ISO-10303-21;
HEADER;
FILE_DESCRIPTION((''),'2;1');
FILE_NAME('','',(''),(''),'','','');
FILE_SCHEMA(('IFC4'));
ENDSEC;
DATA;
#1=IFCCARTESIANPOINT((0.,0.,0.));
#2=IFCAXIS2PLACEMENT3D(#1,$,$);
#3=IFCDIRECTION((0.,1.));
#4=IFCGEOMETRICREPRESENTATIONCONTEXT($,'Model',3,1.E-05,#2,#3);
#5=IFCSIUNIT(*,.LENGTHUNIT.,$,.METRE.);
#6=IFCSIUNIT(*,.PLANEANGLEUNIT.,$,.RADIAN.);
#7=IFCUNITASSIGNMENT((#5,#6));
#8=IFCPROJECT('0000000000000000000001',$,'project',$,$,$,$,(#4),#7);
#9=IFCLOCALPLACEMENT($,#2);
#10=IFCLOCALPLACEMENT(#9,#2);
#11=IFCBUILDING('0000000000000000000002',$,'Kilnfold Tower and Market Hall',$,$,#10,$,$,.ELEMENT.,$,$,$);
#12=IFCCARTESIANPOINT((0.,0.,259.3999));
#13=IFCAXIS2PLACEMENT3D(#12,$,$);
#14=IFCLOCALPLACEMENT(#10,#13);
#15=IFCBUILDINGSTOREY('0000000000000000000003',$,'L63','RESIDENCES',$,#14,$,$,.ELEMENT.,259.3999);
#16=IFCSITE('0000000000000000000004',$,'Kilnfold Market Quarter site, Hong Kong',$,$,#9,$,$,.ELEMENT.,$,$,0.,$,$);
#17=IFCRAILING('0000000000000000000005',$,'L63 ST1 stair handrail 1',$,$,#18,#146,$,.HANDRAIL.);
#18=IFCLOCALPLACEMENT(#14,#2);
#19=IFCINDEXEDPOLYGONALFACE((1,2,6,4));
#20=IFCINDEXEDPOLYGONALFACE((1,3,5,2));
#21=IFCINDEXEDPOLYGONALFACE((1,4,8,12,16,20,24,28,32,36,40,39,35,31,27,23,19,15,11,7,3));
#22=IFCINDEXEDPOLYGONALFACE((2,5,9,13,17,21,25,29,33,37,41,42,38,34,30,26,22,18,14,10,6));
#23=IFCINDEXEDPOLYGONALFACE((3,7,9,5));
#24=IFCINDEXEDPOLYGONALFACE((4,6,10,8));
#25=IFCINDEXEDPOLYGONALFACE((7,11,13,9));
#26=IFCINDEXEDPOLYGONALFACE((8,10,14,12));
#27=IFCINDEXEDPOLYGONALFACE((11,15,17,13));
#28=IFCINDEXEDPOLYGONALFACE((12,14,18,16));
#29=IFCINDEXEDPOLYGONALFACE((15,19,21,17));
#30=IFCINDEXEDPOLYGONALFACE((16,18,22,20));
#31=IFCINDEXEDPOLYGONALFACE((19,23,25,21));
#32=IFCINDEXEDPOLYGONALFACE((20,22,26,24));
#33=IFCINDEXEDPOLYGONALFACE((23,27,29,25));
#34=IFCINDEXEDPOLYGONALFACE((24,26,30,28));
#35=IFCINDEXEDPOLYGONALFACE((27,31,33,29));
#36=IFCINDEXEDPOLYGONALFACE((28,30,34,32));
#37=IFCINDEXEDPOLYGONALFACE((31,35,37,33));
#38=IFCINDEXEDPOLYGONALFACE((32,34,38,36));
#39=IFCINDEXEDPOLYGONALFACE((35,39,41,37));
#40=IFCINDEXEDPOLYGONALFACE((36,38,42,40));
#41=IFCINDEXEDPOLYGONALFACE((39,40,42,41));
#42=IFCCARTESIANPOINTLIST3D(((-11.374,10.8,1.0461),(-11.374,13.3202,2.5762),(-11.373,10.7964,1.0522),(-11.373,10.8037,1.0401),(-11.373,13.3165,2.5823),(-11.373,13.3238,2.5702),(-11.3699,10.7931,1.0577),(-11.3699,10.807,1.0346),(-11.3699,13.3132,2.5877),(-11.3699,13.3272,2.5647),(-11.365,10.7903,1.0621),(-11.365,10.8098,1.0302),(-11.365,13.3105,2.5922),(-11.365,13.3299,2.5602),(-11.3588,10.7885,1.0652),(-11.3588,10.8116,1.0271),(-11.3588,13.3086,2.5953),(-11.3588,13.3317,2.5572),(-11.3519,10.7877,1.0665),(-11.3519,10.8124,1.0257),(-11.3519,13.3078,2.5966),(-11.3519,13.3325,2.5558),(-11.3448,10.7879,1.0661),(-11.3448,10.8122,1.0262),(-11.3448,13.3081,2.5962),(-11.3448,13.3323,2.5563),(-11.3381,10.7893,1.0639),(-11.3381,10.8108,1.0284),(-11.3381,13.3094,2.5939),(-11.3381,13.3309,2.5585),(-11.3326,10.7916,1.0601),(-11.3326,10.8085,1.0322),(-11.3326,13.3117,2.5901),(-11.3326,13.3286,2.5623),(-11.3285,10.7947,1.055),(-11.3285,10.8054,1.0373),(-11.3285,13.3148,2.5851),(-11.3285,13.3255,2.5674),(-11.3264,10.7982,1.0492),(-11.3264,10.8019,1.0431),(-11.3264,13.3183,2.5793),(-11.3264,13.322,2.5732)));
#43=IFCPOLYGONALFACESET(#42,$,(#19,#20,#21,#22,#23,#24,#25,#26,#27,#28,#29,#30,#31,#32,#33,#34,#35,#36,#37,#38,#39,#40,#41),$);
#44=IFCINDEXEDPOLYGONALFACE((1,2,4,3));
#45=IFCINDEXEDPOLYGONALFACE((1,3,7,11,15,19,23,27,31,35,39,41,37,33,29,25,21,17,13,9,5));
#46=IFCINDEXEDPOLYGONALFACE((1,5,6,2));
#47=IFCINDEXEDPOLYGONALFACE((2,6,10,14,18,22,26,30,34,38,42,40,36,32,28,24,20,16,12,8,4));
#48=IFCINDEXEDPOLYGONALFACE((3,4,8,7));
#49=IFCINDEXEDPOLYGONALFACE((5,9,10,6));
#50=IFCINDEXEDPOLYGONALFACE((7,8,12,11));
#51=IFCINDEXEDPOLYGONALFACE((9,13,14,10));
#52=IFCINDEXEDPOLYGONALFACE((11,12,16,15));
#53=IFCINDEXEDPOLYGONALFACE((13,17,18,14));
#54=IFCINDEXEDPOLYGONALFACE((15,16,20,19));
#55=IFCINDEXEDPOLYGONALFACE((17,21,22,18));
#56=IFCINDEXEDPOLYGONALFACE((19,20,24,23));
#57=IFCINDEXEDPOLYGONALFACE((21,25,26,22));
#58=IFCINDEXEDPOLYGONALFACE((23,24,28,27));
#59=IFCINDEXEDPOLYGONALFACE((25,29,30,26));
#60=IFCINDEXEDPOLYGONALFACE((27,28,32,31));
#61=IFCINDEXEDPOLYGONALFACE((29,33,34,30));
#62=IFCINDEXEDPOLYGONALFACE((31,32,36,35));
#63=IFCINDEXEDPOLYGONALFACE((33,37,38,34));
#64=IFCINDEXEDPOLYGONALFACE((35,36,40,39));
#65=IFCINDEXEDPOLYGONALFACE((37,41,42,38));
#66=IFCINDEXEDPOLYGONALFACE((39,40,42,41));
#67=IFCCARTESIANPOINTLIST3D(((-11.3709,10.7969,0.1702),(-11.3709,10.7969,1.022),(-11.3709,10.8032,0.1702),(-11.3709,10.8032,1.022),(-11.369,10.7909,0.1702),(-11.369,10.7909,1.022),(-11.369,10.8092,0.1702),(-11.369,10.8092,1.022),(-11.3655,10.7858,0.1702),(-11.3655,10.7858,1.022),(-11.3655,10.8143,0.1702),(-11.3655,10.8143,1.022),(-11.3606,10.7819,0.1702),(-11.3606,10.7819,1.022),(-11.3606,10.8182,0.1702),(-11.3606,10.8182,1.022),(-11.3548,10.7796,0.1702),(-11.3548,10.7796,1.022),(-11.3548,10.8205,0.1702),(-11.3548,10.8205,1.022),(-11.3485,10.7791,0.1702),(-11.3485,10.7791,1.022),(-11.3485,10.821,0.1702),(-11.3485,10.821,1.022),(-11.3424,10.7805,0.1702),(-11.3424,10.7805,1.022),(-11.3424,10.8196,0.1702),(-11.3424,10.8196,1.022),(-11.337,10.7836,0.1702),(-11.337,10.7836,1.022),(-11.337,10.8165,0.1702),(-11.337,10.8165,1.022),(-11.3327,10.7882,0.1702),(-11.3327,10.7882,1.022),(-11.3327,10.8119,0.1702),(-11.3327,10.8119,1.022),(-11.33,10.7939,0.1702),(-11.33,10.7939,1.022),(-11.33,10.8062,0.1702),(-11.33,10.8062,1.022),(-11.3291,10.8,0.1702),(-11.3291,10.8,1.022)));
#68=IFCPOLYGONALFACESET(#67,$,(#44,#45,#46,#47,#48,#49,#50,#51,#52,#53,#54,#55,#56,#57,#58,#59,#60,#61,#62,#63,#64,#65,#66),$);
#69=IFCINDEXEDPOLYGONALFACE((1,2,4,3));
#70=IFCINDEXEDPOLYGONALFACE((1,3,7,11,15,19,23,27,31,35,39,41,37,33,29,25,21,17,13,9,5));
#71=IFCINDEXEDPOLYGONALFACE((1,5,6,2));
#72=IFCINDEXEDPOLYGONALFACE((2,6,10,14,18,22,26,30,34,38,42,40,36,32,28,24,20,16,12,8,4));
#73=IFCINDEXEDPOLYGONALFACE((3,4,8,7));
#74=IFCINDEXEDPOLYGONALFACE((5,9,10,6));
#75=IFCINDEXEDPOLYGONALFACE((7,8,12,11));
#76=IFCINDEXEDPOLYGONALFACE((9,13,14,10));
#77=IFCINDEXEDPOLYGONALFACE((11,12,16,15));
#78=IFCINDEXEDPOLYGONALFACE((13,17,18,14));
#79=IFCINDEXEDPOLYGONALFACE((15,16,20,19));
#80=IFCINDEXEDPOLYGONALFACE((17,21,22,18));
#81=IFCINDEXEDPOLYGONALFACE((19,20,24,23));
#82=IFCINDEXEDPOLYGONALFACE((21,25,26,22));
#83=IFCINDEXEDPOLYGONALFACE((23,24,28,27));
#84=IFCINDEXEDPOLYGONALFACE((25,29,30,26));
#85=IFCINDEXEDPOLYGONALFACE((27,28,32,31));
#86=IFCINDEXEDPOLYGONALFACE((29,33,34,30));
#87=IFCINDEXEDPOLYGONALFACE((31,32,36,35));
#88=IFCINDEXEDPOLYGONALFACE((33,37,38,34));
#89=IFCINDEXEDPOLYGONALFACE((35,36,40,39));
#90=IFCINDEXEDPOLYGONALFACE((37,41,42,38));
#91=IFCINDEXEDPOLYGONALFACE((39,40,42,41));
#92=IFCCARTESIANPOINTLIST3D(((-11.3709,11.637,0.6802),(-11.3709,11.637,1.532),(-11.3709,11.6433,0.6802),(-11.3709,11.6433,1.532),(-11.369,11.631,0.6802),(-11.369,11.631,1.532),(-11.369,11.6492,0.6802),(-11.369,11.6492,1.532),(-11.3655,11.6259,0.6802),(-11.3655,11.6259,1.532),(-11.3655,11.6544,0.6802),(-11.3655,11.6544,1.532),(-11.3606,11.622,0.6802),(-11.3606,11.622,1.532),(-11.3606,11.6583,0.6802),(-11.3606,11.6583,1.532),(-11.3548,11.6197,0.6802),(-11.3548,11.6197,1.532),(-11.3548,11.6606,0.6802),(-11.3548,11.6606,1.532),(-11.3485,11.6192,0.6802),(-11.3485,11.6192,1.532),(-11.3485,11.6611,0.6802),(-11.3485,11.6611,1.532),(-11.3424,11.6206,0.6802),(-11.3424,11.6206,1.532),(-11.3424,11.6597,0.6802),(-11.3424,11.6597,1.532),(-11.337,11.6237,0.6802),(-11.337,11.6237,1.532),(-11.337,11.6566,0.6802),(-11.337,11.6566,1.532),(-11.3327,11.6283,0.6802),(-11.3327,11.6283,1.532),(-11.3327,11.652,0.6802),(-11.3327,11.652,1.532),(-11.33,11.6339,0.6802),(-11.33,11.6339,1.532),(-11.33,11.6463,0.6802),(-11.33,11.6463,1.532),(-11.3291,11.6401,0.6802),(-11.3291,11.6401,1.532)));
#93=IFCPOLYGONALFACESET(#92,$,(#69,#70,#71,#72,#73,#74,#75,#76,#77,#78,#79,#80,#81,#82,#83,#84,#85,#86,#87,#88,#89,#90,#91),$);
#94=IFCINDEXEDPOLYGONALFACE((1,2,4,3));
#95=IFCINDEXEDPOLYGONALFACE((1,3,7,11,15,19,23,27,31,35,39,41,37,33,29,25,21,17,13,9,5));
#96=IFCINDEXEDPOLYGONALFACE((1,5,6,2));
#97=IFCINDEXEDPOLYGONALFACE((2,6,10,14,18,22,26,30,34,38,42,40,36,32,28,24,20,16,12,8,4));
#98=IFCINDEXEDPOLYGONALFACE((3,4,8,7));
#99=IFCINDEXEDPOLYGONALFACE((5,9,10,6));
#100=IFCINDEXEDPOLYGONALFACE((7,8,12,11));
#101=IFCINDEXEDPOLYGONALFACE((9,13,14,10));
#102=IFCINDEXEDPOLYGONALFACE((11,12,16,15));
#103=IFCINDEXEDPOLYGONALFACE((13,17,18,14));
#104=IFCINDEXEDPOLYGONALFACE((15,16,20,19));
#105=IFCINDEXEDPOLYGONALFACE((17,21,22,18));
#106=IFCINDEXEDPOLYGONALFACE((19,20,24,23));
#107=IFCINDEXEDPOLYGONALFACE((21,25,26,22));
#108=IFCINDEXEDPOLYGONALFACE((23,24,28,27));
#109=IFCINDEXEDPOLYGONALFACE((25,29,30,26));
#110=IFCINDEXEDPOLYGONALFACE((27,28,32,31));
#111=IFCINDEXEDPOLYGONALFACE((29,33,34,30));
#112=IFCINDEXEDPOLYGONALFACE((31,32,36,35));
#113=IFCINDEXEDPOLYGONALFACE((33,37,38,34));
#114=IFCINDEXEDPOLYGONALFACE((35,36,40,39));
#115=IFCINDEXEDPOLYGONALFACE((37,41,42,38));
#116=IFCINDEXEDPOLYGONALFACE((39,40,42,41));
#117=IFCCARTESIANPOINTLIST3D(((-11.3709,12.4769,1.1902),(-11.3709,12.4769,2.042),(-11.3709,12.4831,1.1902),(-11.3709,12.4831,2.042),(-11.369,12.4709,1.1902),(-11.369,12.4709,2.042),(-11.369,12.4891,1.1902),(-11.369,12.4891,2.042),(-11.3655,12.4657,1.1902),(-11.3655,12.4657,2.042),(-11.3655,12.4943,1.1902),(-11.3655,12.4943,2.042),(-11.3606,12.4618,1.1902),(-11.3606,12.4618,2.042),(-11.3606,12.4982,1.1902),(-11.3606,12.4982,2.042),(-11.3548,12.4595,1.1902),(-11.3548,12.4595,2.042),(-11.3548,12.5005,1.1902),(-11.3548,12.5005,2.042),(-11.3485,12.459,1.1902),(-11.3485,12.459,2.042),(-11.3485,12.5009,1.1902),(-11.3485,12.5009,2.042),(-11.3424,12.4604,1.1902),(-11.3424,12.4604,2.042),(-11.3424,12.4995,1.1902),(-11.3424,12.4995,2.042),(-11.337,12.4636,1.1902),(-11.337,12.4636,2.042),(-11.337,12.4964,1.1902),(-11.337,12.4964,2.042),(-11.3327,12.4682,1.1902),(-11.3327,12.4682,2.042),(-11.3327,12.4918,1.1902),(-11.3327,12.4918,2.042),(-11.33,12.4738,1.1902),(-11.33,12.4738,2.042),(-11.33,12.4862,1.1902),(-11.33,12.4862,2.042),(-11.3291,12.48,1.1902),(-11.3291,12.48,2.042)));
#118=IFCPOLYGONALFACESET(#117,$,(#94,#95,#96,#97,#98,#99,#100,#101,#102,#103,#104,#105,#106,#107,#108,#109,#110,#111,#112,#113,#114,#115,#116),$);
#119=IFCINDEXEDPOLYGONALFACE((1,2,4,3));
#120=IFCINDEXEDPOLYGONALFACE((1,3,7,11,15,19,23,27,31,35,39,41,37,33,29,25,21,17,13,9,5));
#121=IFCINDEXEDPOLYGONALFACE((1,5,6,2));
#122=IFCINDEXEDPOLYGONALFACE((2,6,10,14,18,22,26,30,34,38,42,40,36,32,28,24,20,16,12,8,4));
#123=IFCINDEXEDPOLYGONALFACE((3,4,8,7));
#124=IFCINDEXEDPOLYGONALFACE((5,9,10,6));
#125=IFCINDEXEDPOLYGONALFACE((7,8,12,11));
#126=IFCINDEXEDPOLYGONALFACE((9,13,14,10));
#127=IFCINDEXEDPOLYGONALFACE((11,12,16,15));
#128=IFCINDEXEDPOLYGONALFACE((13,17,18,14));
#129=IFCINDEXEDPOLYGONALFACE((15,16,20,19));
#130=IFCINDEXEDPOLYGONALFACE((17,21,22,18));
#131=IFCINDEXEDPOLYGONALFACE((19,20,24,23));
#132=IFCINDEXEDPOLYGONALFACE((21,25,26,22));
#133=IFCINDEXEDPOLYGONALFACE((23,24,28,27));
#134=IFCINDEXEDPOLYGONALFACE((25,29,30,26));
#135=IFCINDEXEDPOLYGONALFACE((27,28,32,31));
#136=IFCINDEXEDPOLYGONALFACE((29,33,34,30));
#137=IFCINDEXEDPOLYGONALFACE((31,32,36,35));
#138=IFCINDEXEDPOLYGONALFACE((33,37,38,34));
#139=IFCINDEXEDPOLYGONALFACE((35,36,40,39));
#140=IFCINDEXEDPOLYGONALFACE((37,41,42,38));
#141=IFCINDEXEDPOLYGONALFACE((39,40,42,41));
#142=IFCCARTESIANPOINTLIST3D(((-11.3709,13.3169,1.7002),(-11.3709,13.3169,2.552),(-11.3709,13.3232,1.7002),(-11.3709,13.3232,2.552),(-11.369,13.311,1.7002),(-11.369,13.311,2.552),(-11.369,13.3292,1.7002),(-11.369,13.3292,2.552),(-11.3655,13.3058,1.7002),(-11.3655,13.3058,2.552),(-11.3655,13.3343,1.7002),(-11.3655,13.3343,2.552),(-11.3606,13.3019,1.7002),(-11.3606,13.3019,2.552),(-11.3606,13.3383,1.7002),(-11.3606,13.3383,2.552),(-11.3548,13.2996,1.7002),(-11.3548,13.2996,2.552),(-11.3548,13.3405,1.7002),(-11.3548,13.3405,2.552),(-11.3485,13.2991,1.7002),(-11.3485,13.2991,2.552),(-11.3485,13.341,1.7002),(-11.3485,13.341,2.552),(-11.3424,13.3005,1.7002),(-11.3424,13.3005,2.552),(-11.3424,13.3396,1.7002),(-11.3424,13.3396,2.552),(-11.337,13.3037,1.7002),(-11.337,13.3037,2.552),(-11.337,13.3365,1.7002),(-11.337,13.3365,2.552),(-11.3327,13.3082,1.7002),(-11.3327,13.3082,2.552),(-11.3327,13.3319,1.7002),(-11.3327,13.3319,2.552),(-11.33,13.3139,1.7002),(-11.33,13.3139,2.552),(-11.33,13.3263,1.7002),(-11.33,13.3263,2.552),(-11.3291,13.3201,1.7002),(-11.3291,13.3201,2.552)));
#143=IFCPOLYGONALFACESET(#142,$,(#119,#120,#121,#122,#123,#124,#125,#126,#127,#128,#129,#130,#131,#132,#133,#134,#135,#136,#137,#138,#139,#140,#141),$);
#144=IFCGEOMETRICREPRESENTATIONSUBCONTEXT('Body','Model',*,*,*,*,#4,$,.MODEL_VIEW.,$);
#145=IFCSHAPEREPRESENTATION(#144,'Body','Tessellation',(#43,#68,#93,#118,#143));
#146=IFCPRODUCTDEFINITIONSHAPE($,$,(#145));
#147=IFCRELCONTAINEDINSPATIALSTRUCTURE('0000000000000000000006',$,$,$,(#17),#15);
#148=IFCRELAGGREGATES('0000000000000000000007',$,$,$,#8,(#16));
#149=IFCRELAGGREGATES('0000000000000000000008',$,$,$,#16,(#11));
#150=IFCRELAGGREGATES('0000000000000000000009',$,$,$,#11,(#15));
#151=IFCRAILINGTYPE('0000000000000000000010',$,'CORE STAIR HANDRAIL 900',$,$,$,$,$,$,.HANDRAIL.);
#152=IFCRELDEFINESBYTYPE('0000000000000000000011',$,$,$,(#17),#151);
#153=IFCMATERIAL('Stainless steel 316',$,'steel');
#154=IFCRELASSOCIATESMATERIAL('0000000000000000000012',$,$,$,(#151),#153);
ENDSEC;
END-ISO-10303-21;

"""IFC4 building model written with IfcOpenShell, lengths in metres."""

from ifc_helpers import new_model, si_unit, direction, frame, origin, origin_2d, place, context, subcontext, project, spatial, circle, extrude, material, type_object, element, save


model = new_model("IFC4")

# Units and contexts
model_context = context("Model", 3, precision=1e-05, world=origin(), true_north=direction((0.0, 1.0)))
body_context = subcontext(model_context, "Body", "Model", "MODEL_VIEW")
ifc_project = project(units=[si_unit("LENGTHUNIT", "METRE"), si_unit("PLANEANGLEUNIT", "RADIAN")], contexts=[model_context])

# Site, building, storey
site_placement = place(None, origin())
site = spatial("IfcSite", under=ifc_project, at=site_placement, Name="Kilnfold Market Quarter site, Hong Kong", CompositionType="ELEMENT", RefElevation=0.0)
building_placement = place(site_placement, origin())
building = spatial("IfcBuilding", under=site, at=building_placement, Name="Kilnfold Tower and Market Hall", CompositionType="ELEMENT")
storey_placement = place(building_placement, frame((0.0, 0.0, 259.3999)))
storey = spatial("IfcBuildingStorey", under=building, at=storey_placement, Name="L63", Description="RESIDENCES", CompositionType="ELEMENT", Elevation=259.3999)

# Railing
ifc_material_1 = material(Name="Stainless steel 316", Category="steel")
railing_type_1 = type_object("IfcRailingType", Name="CORE STAIR HANDRAIL 900", PredefinedType="HANDRAIL", material=ifc_material_1)
railing_1_placement = place(storey_placement, frame((-11.3501, 10.8, 0.1702)))
element("IfcRailing", 1, at=railing_1_placement, inside=storey, type_object=railing_type_1, Name="L63 ST1 stair handrail 1", PredefinedType="HANDRAIL", context=body_context, shape_type="SweptSolid", body=[
    extrude(circle(Radius=0.0239, at=origin_2d()), frame((0.0, 0.0, 0.876), z_axis=(0.0, 0.854785, 0.518982), x_axis=(-1.0, 0.0, 0.0)), (0.0, 0.0, 1.0), 2.9482),
    extrude(circle(Radius=0.021, at=origin_2d()), origin(), (0.0, 0.0, 1.0), 0.8518),
    extrude(circle(Radius=0.021, at=origin_2d()), frame((0.0, 0.8401, 0.51)), (0.0, 0.0, 1.0), 0.8518),
    extrude(circle(Radius=0.021, at=origin_2d()), frame((0.0, 1.6799, 1.02)), (0.0, 0.0, 1.0), 0.8518),
    extrude(circle(Radius=0.021, at=origin_2d()), frame((0.0, 2.52, 1.53)), (0.0, 0.0, 1.0), 0.8518),
])

save(model, "model.ifc")
